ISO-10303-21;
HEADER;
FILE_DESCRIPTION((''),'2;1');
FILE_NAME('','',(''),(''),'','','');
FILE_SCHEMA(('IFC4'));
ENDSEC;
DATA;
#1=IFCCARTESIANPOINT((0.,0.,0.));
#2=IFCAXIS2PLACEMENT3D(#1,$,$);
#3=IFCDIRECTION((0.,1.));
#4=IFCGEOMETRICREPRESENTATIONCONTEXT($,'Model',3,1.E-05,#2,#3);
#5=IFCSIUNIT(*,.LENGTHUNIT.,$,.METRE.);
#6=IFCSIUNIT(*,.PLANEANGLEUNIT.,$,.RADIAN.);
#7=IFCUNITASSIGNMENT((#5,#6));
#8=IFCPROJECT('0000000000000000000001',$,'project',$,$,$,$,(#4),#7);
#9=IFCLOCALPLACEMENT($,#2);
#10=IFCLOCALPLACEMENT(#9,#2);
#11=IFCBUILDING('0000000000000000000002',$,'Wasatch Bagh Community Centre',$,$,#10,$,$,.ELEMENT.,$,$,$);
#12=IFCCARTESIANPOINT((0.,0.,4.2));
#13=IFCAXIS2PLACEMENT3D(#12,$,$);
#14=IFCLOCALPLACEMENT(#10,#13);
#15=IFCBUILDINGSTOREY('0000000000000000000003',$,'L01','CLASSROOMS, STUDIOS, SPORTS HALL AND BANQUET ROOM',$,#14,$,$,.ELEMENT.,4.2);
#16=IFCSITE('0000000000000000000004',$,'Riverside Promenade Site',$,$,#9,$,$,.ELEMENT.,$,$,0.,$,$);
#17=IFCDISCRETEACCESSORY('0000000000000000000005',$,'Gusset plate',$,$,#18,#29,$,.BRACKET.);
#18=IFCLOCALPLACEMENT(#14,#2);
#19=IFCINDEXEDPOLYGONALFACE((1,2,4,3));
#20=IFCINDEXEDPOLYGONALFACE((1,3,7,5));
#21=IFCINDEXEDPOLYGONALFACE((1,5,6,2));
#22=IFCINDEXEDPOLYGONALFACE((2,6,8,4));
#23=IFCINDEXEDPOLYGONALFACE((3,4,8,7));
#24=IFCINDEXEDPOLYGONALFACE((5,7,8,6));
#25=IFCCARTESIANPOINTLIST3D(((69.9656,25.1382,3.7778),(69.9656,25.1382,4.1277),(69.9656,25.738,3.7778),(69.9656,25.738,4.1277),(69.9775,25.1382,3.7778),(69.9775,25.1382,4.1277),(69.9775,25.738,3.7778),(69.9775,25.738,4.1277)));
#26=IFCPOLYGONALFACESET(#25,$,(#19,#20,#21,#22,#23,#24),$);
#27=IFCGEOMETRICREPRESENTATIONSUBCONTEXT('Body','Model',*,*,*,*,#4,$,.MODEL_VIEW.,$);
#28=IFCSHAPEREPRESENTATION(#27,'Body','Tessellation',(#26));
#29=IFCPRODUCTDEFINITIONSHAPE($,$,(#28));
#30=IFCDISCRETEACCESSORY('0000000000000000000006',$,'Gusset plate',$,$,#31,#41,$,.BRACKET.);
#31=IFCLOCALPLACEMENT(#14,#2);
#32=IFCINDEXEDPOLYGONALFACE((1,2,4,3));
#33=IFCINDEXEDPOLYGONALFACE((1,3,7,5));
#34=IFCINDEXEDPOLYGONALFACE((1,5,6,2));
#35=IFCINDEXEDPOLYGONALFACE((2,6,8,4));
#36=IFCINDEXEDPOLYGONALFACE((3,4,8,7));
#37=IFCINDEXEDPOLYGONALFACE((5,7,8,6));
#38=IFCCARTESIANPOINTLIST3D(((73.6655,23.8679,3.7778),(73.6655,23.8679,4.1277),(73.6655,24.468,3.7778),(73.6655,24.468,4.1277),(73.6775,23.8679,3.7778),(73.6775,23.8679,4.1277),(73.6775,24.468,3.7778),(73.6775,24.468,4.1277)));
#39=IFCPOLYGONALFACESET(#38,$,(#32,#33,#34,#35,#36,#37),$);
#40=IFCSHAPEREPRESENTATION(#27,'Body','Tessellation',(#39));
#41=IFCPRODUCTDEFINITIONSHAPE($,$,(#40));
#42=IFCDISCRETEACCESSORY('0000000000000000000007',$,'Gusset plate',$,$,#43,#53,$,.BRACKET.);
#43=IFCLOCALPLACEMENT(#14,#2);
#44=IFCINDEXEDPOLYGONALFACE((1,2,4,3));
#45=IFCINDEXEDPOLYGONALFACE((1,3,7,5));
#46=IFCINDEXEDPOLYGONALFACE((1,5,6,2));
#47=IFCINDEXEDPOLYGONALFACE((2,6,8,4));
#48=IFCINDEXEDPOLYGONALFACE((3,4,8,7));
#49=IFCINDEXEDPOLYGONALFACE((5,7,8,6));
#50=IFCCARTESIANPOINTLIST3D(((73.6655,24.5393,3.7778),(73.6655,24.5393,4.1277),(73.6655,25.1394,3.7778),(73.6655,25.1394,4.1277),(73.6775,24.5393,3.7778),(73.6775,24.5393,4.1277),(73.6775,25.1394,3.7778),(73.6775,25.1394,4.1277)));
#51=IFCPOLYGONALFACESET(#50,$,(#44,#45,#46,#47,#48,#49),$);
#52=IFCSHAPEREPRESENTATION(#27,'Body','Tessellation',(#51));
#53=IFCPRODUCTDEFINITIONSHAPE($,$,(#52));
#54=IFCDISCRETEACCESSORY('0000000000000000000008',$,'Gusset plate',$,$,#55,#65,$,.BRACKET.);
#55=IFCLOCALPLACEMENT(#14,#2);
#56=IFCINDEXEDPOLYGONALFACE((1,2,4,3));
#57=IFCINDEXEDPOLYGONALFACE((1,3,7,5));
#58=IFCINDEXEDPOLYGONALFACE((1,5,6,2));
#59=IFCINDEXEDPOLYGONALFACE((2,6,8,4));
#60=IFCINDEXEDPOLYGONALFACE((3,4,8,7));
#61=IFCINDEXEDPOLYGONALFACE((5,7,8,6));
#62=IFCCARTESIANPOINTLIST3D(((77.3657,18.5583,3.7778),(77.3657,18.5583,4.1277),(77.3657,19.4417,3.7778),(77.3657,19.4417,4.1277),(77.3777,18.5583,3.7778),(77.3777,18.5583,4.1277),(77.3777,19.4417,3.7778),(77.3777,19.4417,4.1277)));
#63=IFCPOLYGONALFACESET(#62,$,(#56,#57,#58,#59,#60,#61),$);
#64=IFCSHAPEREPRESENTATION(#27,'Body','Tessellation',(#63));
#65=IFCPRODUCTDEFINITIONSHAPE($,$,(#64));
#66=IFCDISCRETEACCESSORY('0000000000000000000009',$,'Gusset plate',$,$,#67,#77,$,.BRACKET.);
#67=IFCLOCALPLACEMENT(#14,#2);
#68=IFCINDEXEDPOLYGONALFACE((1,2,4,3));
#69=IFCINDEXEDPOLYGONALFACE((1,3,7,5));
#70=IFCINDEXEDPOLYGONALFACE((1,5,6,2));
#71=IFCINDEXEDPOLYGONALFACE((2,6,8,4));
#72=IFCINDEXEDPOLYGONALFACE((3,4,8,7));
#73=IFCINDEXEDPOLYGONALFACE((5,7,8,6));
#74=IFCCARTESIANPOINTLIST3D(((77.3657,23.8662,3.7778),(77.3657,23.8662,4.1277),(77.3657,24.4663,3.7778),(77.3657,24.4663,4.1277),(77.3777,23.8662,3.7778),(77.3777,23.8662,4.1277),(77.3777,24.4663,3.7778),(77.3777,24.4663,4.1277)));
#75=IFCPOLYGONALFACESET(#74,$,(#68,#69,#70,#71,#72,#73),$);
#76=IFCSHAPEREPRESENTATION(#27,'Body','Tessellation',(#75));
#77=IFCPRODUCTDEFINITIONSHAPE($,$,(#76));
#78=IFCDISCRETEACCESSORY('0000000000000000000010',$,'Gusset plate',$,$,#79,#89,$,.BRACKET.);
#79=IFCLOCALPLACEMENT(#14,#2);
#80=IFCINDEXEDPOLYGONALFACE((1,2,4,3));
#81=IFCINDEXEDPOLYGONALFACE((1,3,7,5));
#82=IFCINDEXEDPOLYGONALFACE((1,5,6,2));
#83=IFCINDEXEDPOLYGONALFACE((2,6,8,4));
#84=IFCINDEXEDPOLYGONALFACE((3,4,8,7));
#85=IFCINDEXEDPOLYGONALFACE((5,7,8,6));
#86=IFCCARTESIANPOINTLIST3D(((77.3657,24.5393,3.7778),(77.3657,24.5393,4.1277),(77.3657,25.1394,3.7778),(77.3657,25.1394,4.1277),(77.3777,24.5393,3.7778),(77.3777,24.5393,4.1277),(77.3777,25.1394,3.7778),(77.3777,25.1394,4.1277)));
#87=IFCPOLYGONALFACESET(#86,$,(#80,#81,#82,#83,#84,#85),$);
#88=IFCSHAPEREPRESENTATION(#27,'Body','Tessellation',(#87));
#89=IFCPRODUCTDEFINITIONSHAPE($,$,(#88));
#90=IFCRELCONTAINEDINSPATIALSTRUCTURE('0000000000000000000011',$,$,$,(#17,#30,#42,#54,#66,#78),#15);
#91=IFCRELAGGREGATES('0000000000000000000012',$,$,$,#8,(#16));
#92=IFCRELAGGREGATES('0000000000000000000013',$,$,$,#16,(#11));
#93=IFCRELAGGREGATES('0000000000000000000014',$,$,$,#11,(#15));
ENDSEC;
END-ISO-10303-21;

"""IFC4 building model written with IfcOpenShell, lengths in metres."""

from ifc_helpers import new_model, si_unit, direction, frame, origin, place, context, subcontext, project, spatial, polyline, outline, extrude, element, save


model = new_model("IFC4")

# Units and contexts
model_context = context("Model", 3, precision=1e-05, world=origin(), true_north=direction((0.0, 1.0)))
body_context = subcontext(model_context, "Body", "Model", "MODEL_VIEW")
ifc_project = project(units=[si_unit("LENGTHUNIT", "METRE"), si_unit("PLANEANGLEUNIT", "RADIAN")], contexts=[model_context])

# Site, building, storey
site_placement = place(None, origin())
site = spatial("IfcSite", under=ifc_project, at=site_placement, Name="Riverside Promenade Site", CompositionType="ELEMENT", RefElevation=0.0)
building_placement = place(site_placement, origin())
building = spatial("IfcBuilding", under=site, at=building_placement, Name="Wasatch Bagh Community Centre", CompositionType="ELEMENT")
storey_placement = place(building_placement, frame((0.0, 0.0, 4.2)))
storey = spatial("IfcBuildingStorey", under=building, at=storey_placement, Name="L01", Description="CLASSROOMS, STUDIOS, SPORTS HALL AND BANQUET ROOM", CompositionType="ELEMENT", Elevation=4.2)

# Discrete accessories
for number, where, z_axis, x_axis, name in (
    (1, (69.9775, 25.1382, 3.7778), (1.0, 0.0, 0.0), (0.0, 1.0, 0.0), "Gusset plate"),
):
    element("IfcDiscreteAccessory", number, at=place(storey_placement, frame(where, z_axis=z_axis, x_axis=x_axis)), inside=storey, Name=name, PredefinedType="BRACKET", context=body_context, shape_type="SweptSolid", body=[
        extrude(outline(polyline([(0.0, 0.0), (0.5999, 0.0), (0.5999, 0.3499), (0.0, 0.3499), (0.0, 0.0)])), origin(), (0.0, 0.0, -1.0), 0.012),
    ])
for number, where, z_axis, x_axis, name in (
    (2, (73.6775, 23.8679, 3.7778), (1.0, 0.0, 0.0), (0.0, 1.0, 0.0), "Gusset plate"),
    (3, (73.6775, 24.5393, 3.7778), (1.0, 0.0, 0.0), (0.0, 1.0, 0.0), "Gusset plate"),
):
    element("IfcDiscreteAccessory", number, at=place(storey_placement, frame(where, z_axis=z_axis, x_axis=x_axis)), inside=storey, Name=name, PredefinedType="BRACKET", context=body_context, shape_type="SweptSolid", body=[
        extrude(outline(polyline([(0.0, 0.0), (0.6001, 0.0), (0.6001, 0.3499), (0.0, 0.3499), (0.0, 0.0)])), origin(), (0.0, 0.0, -1.0), 0.012),
    ])
discrete_accessory_placement = place(storey_placement, frame((77.3777, 18.5583, 3.7778), z_axis=(1.0, 0.0, 0.0), x_axis=(0.0, 1.0, 0.0)))
element("IfcDiscreteAccessory", 4, at=discrete_accessory_placement, inside=storey, Name="Gusset plate", PredefinedType="BRACKET", context=body_context, shape_type="SweptSolid", body=[
    extrude(outline(polyline([(0.0, 0.0), (0.8833, 0.0), (0.8833, 0.3499), (0.0, 0.3499), (0.0, 0.0)])), origin(), (0.0, 0.0, -1.0), 0.012),
])
for number, where, z_axis, x_axis, name in (
    (5, (77.3777, 23.8662, 3.7778), (1.0, 0.0, 0.0), (0.0, 1.0, 0.0), "Gusset plate"),
    (6, (77.3777, 24.5393, 3.7778), (1.0, 0.0, 0.0), (0.0, 1.0, 0.0), "Gusset plate"),
):
    element("IfcDiscreteAccessory", number, at=place(storey_placement, frame(where, z_axis=z_axis, x_axis=x_axis)), inside=storey, Name=name, PredefinedType="BRACKET", context=body_context, shape_type="SweptSolid", body=[
        extrude(outline(polyline([(0.0, 0.0), (0.6001, 0.0), (0.6001, 0.3499), (0.0, 0.3499), (0.0, 0.0)])), origin(), (0.0, 0.0, -1.0), 0.012),
    ])

save(model, "model.ifc")
